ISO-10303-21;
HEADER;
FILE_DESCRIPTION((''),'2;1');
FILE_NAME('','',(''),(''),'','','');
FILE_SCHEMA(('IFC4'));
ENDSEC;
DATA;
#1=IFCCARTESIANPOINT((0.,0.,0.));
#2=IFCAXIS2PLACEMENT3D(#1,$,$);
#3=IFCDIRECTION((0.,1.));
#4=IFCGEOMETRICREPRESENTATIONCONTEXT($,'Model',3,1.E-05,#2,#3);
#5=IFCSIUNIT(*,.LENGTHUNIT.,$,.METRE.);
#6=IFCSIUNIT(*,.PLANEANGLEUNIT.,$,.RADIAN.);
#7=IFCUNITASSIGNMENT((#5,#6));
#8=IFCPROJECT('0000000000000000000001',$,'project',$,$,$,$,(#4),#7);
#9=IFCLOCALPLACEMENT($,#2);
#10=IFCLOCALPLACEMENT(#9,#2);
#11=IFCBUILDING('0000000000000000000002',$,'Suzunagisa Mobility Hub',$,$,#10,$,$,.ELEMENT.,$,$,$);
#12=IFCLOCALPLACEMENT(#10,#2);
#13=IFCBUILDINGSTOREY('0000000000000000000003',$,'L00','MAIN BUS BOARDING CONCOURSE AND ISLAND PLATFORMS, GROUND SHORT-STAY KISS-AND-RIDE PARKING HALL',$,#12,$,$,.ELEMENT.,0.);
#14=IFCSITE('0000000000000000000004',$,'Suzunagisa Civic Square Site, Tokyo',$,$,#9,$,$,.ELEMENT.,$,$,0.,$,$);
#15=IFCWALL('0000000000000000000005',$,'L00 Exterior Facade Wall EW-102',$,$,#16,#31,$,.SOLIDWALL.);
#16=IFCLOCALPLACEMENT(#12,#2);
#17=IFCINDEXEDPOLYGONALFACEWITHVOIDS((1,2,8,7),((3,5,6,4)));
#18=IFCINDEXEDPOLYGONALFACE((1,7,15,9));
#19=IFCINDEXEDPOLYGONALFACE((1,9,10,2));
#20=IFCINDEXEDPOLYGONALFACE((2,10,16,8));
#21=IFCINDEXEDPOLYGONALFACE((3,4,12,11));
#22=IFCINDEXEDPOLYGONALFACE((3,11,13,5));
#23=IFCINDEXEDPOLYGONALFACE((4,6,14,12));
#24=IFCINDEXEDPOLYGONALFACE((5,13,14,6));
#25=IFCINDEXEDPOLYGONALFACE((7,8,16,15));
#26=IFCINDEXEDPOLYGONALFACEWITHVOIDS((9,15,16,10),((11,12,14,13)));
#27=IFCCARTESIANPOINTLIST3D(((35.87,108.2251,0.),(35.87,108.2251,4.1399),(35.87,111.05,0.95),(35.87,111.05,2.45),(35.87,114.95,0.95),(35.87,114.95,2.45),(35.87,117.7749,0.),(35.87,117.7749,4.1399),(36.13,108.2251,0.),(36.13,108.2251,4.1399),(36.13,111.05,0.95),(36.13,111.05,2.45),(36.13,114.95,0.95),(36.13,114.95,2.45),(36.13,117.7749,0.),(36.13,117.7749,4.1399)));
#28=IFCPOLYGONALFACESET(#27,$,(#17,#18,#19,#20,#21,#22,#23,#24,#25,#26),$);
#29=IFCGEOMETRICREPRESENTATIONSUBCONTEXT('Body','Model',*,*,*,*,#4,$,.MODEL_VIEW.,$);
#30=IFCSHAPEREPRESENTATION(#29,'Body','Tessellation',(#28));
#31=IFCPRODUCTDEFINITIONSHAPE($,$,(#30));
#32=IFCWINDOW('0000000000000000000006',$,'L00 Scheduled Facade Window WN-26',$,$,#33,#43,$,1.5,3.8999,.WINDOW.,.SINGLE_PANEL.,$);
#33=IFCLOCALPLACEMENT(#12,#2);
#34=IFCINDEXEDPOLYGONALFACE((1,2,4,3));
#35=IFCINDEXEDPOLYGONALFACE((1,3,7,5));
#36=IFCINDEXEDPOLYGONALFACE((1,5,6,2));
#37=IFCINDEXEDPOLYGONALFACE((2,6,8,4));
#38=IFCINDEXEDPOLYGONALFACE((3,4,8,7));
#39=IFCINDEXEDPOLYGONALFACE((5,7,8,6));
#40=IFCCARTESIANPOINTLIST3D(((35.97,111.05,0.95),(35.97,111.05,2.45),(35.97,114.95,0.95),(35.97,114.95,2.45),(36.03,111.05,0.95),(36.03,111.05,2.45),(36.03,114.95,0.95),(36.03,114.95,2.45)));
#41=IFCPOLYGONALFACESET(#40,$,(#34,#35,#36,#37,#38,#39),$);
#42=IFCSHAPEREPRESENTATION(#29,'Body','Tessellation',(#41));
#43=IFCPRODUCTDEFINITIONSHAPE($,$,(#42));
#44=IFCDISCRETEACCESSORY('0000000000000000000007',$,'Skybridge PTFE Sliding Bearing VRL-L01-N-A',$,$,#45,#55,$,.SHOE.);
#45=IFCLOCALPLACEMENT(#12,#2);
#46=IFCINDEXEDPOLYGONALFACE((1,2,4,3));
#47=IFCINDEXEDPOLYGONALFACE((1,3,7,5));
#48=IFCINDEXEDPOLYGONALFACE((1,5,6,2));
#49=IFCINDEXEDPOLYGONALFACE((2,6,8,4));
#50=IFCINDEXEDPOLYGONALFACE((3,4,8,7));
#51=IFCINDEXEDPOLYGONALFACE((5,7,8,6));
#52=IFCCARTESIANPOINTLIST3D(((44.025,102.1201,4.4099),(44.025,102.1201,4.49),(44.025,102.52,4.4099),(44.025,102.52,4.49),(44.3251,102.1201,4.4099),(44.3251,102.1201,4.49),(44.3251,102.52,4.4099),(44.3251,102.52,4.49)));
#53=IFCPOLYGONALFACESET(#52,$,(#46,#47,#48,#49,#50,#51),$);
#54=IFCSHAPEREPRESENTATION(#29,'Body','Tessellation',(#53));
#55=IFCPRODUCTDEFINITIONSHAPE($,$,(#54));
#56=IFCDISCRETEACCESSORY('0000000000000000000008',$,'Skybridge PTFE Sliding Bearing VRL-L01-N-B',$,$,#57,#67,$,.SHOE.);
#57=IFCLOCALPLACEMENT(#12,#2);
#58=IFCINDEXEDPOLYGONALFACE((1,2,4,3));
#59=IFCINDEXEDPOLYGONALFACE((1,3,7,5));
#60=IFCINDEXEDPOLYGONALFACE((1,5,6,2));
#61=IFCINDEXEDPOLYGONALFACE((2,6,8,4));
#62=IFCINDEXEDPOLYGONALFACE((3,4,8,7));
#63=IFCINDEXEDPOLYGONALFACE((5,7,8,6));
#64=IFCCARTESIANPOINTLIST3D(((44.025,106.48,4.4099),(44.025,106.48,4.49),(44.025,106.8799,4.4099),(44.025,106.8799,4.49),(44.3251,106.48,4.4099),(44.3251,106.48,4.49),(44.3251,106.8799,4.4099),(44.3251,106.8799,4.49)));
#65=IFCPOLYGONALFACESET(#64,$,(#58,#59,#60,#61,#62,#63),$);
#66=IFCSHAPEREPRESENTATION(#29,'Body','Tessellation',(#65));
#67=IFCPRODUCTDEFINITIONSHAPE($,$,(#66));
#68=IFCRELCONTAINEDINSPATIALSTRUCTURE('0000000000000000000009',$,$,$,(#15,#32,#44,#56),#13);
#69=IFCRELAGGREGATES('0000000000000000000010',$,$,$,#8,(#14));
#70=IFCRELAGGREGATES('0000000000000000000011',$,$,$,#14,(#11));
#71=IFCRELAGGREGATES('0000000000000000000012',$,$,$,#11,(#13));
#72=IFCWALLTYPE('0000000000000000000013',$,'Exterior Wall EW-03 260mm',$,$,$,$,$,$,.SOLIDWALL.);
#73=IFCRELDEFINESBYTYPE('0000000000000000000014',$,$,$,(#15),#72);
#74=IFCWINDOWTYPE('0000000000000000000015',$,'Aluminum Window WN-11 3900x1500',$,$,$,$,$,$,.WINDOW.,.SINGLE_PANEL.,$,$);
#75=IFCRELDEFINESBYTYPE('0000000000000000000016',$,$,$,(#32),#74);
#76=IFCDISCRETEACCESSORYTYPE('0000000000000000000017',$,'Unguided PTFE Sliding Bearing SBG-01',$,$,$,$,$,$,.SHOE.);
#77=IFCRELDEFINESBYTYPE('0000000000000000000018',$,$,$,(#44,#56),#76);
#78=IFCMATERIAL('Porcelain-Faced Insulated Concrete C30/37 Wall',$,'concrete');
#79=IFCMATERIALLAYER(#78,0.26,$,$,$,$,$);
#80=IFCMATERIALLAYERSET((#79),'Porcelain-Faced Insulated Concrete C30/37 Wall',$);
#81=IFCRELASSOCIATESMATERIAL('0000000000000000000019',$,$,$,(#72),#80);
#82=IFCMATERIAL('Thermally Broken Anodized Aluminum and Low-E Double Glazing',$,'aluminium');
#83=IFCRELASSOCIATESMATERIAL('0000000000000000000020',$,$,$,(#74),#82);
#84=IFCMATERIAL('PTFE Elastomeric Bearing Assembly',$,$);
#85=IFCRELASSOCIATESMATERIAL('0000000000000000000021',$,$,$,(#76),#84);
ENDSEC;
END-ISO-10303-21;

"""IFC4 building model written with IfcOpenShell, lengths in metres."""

from ifc_helpers import new_model, si_unit, direction, frame, frame_2d, origin, origin_2d, place, context, subcontext, project, spatial, rectangle, extrude, material, layer, layer_set, type_object, element, fill, save


model = new_model("IFC4")

# Units and contexts
model_context = context("Model", 3, precision=1e-05, world=origin(), true_north=direction((0.0, 1.0)))
body_context = subcontext(model_context, "Body", "Model", "MODEL_VIEW")
ifc_project = project(units=[si_unit("LENGTHUNIT", "METRE"), si_unit("PLANEANGLEUNIT", "RADIAN")], contexts=[model_context])

# Site, building, storey
site_placement = place(None, origin())
site = spatial("IfcSite", under=ifc_project, at=site_placement, Name="Suzunagisa Civic Square Site, Tokyo", CompositionType="ELEMENT", RefElevation=0.0)
building_placement = place(site_placement, origin())
building = spatial("IfcBuilding", under=site, at=building_placement, Name="Suzunagisa Mobility Hub", CompositionType="ELEMENT")
storey_placement = place(building_placement, origin())
storey = spatial("IfcBuildingStorey", under=building, at=storey_placement, Name="L00", Description="MAIN BUS BOARDING CONCOURSE AND ISLAND PLATFORMS, GROUND SHORT-STAY KISS-AND-RIDE PARKING HALL", CompositionType="ELEMENT", Elevation=0.0)

# Wall, opening, window
ifc_material_1 = material(Name="Porcelain-Faced Insulated Concrete C30/37 Wall", Category="concrete")
ifc_layer_1 = layer(ifc_material_1, 0.26)
ifc_layer_set_1 = layer_set([ifc_layer_1], Name="Porcelain-Faced Insulated Concrete C30/37 Wall")
wall_type = type_object("IfcWallType", Name="Exterior Wall EW-03 260mm", PredefinedType="SOLIDWALL", material=ifc_layer_set_1)
wall_placement = place(storey_placement, frame((36.0, 108.2251, 0.0), z_axis=(0.0, 0.0, 1.0), x_axis=(0.0, 1.0, 0.0)))
wall = element("IfcWall", 1, at=wall_placement, inside=storey, type_object=wall_type, Name="L00 Exterior Facade Wall EW-102", PredefinedType="SOLIDWALL", context=body_context, shape_type="SweptSolid", body=[
    extrude(rectangle(XDim=9.5498, YDim=0.26, at=frame_2d((4.7749, 0.0))), origin(), (0.0, 0.0, 1.0), 4.1399),
])
opening_placement = place(wall_placement, frame((2.825, 0.0, 0.95)))
opening = element("IfcOpeningElement", 2, at=opening_placement, cuts=wall, PredefinedType="OPENING", context=body_context, shape_type="SweptSolid", body=[
    extrude(rectangle(XDim=3.8999, YDim=1.5, at=frame_2d((1.95, 0.75))), frame((0.0, 0.1411, 0.0), z_axis=(0.0, -1.0, 0.0), x_axis=(1.0, 0.0, 0.0)), (0.0, 0.0, 1.0), 0.282),
])
ifc_material_2 = material(Name="Thermally Broken Anodized Aluminum and Low-E Double Glazing", Category="aluminium")
window_type = type_object("IfcWindowType", Name="Aluminum Window WN-11 3900x1500", PartitioningType="SINGLE_PANEL", PredefinedType="WINDOW", material=ifc_material_2)
window_placement = place(opening_placement, origin())
window = element("IfcWindow", 3, at=window_placement, inside=storey, type_object=window_type, Name="L00 Scheduled Facade Window WN-26", OverallHeight=1.5, OverallWidth=3.8999, PartitioningType="SINGLE_PANEL", PredefinedType="WINDOW", context=body_context, shape_type="SweptSolid", body=[
    extrude(rectangle(XDim=3.8999, YDim=1.5, at=frame_2d((1.95, 0.75))), frame((0.0, 0.03, 0.0), z_axis=(0.0, -1.0, 0.0), x_axis=(1.0, 0.0, 0.0)), (0.0, 0.0, 1.0), 0.0601),
])
fill(opening, window)

# Discrete accessories
ifc_material_3 = material(Name="PTFE Elastomeric Bearing Assembly")
discrete_accessory_type = type_object("IfcDiscreteAccessoryType", Name="Unguided PTFE Sliding Bearing SBG-01", PredefinedType="SHOE", material=ifc_material_3)
for number, where, z_axis, x_axis, name in (
    (4, (44.175, 102.3201, 4.4099), (0.0, 0.0, 1.0), (1.0, 0.0, 0.0), "Skybridge PTFE Sliding Bearing VRL-L01-N-A"),
    (5, (44.175, 106.6799, 4.4099), (0.0, 0.0, 1.0), (1.0, 0.0, 0.0), "Skybridge PTFE Sliding Bearing VRL-L01-N-B"),
):
    element("IfcDiscreteAccessory", number, at=place(storey_placement, frame(where, z_axis=z_axis, x_axis=x_axis)), inside=storey, type_object=discrete_accessory_type, Name=name, PredefinedType="SHOE", context=body_context, shape_type="SweptSolid", body=[
        extrude(rectangle(XDim=0.3, YDim=0.3999, at=origin_2d()), origin(), (0.0, 0.0, 1.0), 0.0801),
    ])

save(model, "model.ifc")
